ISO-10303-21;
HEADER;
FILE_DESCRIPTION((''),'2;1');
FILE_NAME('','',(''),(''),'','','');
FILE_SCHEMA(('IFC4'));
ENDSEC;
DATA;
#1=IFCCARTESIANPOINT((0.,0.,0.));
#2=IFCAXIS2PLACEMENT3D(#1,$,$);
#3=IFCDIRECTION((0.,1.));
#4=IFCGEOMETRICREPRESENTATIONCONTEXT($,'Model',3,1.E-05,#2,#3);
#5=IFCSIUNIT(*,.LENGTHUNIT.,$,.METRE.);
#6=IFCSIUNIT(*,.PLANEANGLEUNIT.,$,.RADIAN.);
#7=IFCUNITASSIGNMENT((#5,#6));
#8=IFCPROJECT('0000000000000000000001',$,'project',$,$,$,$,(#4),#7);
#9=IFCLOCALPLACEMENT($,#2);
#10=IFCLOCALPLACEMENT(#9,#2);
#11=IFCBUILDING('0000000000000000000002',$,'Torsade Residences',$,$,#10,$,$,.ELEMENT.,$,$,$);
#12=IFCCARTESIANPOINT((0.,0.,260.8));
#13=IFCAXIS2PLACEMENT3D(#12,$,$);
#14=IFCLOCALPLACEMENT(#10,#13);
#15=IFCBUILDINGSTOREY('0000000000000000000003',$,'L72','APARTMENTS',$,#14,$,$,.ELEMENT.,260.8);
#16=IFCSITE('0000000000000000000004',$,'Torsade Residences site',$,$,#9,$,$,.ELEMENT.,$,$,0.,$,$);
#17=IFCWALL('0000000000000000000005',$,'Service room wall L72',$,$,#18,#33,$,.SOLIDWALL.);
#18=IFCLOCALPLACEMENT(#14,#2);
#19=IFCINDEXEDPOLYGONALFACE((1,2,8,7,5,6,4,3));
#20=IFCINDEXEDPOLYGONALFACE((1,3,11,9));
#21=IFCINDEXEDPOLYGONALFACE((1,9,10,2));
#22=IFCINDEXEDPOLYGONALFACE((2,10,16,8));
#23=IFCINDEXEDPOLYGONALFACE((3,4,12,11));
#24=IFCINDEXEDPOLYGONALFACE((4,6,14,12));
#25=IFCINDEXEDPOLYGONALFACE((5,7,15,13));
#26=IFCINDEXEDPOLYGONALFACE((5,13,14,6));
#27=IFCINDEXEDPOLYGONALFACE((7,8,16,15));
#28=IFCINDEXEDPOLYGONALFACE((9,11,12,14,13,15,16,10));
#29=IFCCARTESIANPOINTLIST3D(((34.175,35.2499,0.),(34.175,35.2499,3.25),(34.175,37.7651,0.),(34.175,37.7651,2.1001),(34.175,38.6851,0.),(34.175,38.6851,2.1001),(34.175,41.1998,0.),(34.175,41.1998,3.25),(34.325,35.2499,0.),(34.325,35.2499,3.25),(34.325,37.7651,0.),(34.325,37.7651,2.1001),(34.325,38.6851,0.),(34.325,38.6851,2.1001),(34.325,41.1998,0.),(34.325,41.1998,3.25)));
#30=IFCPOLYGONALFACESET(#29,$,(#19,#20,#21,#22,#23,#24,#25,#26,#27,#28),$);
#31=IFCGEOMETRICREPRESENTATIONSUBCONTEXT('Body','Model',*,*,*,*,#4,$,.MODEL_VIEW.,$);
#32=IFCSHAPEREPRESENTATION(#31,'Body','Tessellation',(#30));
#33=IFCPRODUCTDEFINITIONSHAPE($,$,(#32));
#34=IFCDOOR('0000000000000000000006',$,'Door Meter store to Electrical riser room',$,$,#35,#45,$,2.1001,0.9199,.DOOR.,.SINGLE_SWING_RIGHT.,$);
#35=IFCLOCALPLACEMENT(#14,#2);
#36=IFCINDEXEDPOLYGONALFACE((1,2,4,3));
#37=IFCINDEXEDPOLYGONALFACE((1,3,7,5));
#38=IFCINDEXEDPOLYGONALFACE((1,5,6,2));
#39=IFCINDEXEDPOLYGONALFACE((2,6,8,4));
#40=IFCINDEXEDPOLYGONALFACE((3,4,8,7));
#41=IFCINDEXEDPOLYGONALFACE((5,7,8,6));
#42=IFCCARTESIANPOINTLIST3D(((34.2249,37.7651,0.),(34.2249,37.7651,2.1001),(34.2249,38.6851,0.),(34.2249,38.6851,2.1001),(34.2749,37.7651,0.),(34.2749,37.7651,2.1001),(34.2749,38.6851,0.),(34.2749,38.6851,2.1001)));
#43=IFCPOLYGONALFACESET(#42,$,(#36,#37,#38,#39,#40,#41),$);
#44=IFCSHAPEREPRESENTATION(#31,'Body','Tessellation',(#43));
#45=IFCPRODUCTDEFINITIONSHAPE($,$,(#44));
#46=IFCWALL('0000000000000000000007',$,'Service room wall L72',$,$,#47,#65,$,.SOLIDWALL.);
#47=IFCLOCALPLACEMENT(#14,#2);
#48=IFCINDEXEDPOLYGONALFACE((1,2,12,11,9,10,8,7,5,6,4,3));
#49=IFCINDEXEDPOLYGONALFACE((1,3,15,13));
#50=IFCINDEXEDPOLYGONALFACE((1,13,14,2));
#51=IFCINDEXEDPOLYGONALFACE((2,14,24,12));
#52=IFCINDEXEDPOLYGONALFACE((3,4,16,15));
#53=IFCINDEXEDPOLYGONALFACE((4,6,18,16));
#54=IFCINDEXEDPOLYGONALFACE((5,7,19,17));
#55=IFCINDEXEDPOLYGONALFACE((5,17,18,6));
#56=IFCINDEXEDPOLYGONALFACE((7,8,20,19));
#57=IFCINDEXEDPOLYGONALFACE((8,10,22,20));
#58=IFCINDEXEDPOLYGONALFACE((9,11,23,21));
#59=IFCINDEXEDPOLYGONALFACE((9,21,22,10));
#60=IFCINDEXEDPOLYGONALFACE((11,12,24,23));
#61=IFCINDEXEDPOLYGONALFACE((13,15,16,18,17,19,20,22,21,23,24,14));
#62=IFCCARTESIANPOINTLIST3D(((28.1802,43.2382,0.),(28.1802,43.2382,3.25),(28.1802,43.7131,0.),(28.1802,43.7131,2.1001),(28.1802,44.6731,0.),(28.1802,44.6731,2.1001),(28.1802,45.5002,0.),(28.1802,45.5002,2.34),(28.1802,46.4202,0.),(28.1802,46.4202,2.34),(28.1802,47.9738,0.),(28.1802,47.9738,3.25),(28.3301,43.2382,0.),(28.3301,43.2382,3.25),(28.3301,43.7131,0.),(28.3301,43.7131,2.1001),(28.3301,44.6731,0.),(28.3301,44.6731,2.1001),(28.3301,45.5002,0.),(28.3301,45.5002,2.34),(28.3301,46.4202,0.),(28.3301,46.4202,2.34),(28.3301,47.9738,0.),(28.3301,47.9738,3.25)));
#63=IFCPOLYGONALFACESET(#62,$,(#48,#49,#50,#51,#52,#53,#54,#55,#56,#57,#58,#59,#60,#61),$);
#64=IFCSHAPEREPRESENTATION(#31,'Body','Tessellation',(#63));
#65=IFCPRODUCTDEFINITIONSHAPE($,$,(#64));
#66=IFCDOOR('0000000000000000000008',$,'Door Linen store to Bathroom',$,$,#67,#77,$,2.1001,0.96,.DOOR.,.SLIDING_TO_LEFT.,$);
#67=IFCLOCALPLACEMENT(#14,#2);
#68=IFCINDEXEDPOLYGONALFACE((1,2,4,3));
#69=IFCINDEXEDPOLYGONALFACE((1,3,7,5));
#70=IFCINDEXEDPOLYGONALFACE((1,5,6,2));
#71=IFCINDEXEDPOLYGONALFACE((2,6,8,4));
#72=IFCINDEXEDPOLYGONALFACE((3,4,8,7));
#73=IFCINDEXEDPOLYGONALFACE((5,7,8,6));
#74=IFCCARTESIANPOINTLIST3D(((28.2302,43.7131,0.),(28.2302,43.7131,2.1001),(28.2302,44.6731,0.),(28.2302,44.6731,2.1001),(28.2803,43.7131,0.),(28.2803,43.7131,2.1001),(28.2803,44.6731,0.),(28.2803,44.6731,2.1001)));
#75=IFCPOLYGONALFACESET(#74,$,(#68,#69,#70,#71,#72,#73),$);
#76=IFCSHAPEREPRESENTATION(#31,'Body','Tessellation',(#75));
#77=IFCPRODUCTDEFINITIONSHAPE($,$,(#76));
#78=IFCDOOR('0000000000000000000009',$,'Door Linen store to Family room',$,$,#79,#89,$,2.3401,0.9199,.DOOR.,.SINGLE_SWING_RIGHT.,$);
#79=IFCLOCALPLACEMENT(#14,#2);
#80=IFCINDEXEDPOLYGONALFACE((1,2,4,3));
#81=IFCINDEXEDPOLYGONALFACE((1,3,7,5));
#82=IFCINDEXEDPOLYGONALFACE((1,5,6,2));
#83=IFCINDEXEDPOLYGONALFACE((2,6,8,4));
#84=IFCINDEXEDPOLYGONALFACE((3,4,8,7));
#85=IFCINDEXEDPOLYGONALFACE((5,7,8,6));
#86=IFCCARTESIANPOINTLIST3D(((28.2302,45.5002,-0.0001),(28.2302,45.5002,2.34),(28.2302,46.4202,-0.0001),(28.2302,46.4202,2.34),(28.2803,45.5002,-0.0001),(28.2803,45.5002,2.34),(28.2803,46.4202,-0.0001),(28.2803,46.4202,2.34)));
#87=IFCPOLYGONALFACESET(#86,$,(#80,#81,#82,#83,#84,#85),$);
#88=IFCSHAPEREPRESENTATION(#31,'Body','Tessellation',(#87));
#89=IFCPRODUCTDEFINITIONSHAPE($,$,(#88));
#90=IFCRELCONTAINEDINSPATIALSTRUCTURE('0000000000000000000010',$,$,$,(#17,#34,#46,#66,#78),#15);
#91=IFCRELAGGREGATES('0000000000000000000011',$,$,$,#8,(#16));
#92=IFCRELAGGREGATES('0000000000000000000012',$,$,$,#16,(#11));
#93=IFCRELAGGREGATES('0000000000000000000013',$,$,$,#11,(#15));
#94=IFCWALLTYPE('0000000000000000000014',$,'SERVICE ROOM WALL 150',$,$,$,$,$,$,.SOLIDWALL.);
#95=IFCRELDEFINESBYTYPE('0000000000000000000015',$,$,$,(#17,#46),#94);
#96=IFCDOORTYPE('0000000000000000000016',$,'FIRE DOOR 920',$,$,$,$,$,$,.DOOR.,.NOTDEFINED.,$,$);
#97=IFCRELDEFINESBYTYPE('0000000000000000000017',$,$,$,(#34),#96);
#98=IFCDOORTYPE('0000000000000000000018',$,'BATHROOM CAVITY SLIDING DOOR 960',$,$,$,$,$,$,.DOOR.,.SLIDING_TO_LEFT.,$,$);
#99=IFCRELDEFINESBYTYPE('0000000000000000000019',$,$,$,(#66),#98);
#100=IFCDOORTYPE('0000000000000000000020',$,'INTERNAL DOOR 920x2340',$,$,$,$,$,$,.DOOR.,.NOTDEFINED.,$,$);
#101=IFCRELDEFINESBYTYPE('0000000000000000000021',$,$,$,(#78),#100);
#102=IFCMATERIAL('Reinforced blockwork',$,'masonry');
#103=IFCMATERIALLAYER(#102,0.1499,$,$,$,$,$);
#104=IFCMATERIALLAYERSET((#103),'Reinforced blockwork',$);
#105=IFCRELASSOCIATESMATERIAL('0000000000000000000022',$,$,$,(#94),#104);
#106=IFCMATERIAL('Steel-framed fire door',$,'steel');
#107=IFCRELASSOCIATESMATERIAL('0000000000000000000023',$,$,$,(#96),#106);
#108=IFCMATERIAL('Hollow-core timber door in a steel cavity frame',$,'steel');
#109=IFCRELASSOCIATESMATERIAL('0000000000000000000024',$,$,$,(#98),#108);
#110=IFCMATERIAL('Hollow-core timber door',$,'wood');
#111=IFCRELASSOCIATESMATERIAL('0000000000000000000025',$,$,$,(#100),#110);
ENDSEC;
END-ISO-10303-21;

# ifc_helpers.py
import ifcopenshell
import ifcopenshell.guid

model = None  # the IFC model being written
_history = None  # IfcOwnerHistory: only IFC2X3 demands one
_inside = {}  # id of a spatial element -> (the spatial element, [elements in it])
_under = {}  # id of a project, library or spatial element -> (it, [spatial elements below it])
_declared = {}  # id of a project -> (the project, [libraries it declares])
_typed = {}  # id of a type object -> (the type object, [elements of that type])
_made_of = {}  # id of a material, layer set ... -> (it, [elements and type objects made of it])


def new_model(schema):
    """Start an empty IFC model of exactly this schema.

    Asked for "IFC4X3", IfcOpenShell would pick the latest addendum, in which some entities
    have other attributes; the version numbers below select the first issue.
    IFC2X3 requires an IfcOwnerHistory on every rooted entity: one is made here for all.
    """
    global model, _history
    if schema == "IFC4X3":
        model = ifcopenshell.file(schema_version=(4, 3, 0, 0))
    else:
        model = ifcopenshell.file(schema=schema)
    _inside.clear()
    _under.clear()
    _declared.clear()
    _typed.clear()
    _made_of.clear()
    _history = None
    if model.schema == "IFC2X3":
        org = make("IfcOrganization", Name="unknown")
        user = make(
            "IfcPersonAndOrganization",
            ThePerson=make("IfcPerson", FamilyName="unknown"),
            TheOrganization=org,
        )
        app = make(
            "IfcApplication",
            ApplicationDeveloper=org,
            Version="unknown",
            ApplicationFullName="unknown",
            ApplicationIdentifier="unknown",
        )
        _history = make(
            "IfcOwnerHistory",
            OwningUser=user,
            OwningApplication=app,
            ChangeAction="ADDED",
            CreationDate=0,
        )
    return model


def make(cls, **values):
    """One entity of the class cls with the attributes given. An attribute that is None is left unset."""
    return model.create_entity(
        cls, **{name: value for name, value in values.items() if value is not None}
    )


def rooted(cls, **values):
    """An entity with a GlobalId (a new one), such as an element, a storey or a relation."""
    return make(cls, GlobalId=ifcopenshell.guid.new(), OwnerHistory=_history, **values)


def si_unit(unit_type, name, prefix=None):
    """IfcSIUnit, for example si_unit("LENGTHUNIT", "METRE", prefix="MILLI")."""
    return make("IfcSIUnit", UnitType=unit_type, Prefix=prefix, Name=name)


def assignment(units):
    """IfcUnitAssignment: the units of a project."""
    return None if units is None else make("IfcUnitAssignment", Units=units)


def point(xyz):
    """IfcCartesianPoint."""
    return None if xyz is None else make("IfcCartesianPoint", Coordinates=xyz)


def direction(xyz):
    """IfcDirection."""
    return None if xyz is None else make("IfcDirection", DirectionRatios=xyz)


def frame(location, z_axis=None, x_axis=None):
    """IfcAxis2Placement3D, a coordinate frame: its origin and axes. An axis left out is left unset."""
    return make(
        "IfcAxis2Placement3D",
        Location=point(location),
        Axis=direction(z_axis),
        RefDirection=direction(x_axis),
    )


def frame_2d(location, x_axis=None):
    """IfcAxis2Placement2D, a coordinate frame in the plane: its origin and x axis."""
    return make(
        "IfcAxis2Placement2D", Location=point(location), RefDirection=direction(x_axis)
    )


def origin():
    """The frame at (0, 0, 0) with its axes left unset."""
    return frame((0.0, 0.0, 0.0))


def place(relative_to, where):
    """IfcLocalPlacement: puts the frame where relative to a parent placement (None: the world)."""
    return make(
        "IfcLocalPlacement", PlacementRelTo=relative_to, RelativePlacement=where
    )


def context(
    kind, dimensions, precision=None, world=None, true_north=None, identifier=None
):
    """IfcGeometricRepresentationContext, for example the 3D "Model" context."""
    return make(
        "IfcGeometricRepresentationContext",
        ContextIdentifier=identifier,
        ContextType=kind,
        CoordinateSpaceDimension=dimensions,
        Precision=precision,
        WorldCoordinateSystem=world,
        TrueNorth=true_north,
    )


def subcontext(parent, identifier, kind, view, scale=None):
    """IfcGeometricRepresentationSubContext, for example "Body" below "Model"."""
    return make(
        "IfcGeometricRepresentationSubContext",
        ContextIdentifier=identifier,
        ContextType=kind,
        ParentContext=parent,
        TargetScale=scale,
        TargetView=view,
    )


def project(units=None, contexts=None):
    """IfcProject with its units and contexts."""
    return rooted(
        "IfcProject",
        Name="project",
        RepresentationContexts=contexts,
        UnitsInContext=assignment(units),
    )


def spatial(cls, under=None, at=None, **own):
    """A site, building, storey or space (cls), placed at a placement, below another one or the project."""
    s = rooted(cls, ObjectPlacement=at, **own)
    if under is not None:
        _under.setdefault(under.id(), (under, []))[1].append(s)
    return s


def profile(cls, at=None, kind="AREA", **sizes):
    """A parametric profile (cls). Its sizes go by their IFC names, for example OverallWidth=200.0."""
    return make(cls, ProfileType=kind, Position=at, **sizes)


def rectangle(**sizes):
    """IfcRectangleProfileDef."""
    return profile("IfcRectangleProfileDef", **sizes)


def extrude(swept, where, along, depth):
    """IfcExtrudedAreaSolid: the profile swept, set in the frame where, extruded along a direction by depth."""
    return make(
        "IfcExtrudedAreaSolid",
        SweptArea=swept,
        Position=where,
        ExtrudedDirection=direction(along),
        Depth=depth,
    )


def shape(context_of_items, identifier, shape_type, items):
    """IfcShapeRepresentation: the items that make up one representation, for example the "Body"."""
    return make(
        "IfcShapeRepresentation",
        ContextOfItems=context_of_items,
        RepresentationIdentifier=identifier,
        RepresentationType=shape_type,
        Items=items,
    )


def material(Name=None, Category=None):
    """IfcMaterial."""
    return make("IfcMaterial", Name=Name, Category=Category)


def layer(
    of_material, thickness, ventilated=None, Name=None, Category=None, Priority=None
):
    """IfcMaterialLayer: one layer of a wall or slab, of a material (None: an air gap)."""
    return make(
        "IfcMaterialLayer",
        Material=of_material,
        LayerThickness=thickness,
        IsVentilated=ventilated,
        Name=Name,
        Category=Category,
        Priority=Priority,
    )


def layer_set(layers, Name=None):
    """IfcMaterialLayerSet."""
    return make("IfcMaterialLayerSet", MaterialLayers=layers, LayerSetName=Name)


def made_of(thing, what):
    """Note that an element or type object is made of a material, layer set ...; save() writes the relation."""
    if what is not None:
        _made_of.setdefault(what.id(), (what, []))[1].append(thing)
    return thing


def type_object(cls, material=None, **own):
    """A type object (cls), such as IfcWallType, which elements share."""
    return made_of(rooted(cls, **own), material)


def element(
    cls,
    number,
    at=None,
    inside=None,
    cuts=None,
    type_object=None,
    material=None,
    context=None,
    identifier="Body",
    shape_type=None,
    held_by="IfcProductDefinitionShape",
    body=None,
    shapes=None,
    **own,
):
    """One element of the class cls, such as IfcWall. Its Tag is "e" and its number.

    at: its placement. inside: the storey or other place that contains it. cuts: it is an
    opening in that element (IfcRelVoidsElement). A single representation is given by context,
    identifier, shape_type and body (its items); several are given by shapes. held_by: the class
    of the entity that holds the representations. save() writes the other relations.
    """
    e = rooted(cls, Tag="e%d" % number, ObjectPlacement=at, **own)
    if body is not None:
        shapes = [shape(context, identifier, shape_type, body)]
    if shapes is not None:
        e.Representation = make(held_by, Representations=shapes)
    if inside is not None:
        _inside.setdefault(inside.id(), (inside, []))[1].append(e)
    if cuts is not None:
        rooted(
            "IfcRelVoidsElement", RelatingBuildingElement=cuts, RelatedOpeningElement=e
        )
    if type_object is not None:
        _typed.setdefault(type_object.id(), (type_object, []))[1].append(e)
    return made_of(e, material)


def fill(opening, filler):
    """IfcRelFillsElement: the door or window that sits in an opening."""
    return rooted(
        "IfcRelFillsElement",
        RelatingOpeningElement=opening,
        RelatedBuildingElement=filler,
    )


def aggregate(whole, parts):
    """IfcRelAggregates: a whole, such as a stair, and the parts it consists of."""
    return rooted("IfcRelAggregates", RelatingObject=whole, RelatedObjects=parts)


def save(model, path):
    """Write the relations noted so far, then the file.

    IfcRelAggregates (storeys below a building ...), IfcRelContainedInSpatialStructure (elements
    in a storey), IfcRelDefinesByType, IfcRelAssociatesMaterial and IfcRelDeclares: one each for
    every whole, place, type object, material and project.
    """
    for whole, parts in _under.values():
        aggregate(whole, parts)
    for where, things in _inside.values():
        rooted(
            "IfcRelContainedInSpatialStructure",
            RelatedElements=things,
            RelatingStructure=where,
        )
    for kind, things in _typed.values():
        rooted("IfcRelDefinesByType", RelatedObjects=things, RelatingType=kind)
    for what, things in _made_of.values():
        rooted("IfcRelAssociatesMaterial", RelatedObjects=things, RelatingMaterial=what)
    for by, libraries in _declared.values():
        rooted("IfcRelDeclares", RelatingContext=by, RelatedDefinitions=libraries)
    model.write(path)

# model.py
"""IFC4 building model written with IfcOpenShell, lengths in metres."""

from ifc_helpers import new_model, si_unit, direction, frame, frame_2d, origin, place, context, subcontext, project, spatial, rectangle, extrude, material, layer, layer_set, type_object, element, fill, save


model = new_model("IFC4")

# Units and contexts
model_context = context("Model", 3, precision=1e-05, world=origin(), true_north=direction((0.0, 1.0)))
body_context = subcontext(model_context, "Body", "Model", "MODEL_VIEW")
ifc_project = project(units=[si_unit("LENGTHUNIT", "METRE"), si_unit("PLANEANGLEUNIT", "RADIAN")], contexts=[model_context])

# Site, building, storey
site_placement = place(None, origin())
site = spatial("IfcSite", under=ifc_project, at=site_placement, Name="Torsade Residences site", CompositionType="ELEMENT", RefElevation=0.0)
building_placement = place(site_placement, origin())
building = spatial("IfcBuilding", under=site, at=building_placement, Name="Torsade Residences", CompositionType="ELEMENT")
storey_placement = place(building_placement, frame((0.0, 0.0, 260.8)))
storey = spatial("IfcBuildingStorey", under=building, at=storey_placement, Name="L72", Description="APARTMENTS", CompositionType="ELEMENT", Elevation=260.8)

# Wall, opening, door
ifc_material_1 = material(Name="Reinforced blockwork", Category="masonry")
ifc_layer_1 = layer(ifc_material_1, 0.1499)
ifc_layer_set_1 = layer_set([ifc_layer_1], Name="Reinforced blockwork")
wall_type_1 = type_object("IfcWallType", Name="SERVICE ROOM WALL 150", PredefinedType="SOLIDWALL", material=ifc_layer_set_1)
wall_1_placement = place(storey_placement, frame((34.25, 41.2, 0.0), z_axis=(0.0, 0.0, 1.0), x_axis=(0.0, -1.0, 0.0)))
wall_1 = element("IfcWall", 1, at=wall_1_placement, inside=storey, type_object=wall_type_1, Name="Service room wall L72", PredefinedType="SOLIDWALL", context=body_context, shape_type="SweptSolid", body=[
    extrude(rectangle(XDim=5.95, YDim=0.1499, at=frame_2d((2.9751, 0.0))), origin(), (0.0, 0.0, 1.0), 3.25),
])
opening_1_placement = place(wall_1_placement, frame((2.5149, 0.0, 0.0)))
opening_1 = element("IfcOpeningElement", 2, at=opening_1_placement, cuts=wall_1, PredefinedType="OPENING", context=body_context, shape_type="SweptSolid", body=[
    extrude(rectangle(XDim=0.9199, YDim=2.1001, at=frame_2d((0.46, 1.05))), frame((0.0, 0.085, 0.0), z_axis=(0.0, -1.0, 0.0), x_axis=(1.0, 0.0, 0.0)), (0.0, 0.0, 1.0), 0.1699),
])
ifc_material_2 = material(Name="Steel-framed fire door", Category="steel")
door_type_1 = type_object("IfcDoorType", Name="FIRE DOOR 920", OperationType="NOTDEFINED", PredefinedType="DOOR", material=ifc_material_2)
door_1_placement = place(opening_1_placement, origin())
door_1 = element("IfcDoor", 3, at=door_1_placement, inside=storey, type_object=door_type_1, Name="Door Meter store to Electrical riser room", OperationType="SINGLE_SWING_RIGHT", OverallHeight=2.1001, OverallWidth=0.9199, PredefinedType="DOOR", context=body_context, shape_type="SweptSolid", body=[
    extrude(rectangle(XDim=0.9199, YDim=2.1001, at=frame_2d((0.46, 1.05))), frame((0.0, 0.0249, 0.0), z_axis=(0.0, -1.0, 0.0), x_axis=(1.0, 0.0, 0.0)), (0.0, 0.0, 1.0), 0.05),
])
fill(opening_1, door_1)

# Wall, openings, doors
wall_2_placement = place(storey_placement, frame((28.2551, 43.2383, 0.0), z_axis=(0.0, 0.0, 1.0), x_axis=(0.0, 1.0, 0.0)))
wall_2 = element("IfcWall", 4, at=wall_2_placement, inside=storey, type_object=wall_type_1, Name="Service room wall L72", PredefinedType="SOLIDWALL", context=body_context, shape_type="SweptSolid", body=[
    extrude(rectangle(XDim=4.7356, YDim=0.1499, at=frame_2d((2.3677, 0.0))), origin(), (0.0, 0.0, 1.0), 3.25),
])
opening_2_placement = place(wall_2_placement, frame((2.262, 0.0, 0.0)))
opening_2 = element("IfcOpeningElement", 5, at=opening_2_placement, cuts=wall_2, PredefinedType="OPENING", context=body_context, shape_type="SweptSolid", body=[
    extrude(rectangle(XDim=0.9199, YDim=2.3401, at=frame_2d((0.46, 1.1699))), frame((0.0, 0.085, 0.0), z_axis=(0.0, -1.0, 0.0), x_axis=(1.0, 0.0, 0.0)), (0.0, 0.0, 1.0), 0.1699),
])
opening_3_placement = place(wall_2_placement, frame((0.4749, 0.0, 0.0)))
opening_3 = element("IfcOpeningElement", 6, at=opening_3_placement, cuts=wall_2, PredefinedType="OPENING", context=body_context, shape_type="SweptSolid", body=[
    extrude(rectangle(XDim=0.96, YDim=2.1001, at=frame_2d((0.48, 1.05))), frame((0.0, 0.085, 0.0), z_axis=(0.0, -1.0, 0.0), x_axis=(1.0, 0.0, 0.0)), (0.0, 0.0, 1.0), 0.1699),
])
ifc_material_3 = material(Name="Hollow-core timber door in a steel cavity frame", Category="steel")
door_type_2 = type_object("IfcDoorType", Name="BATHROOM CAVITY SLIDING DOOR 960", OperationType="SLIDING_TO_LEFT", PredefinedType="DOOR", material=ifc_material_3)
door_2_placement = place(opening_3_placement, origin())
door_2 = element("IfcDoor", 7, at=door_2_placement, inside=storey, type_object=door_type_2, Name="Door Linen store to Bathroom", OperationType="SLIDING_TO_LEFT", OverallHeight=2.1001, OverallWidth=0.96, PredefinedType="DOOR", context=body_context, shape_type="SweptSolid", body=[
    extrude(rectangle(XDim=0.96, YDim=2.1001, at=frame_2d((0.48, 1.05))), frame((0.0, 0.0249, 0.0), z_axis=(0.0, -1.0, 0.0), x_axis=(1.0, 0.0, 0.0)), (0.0, 0.0, 1.0), 0.05),
])
fill(opening_3, door_2)
ifc_material_4 = material(Name="Hollow-core timber door", Category="wood")
door_type_3 = type_object("IfcDoorType", Name="INTERNAL DOOR 920x2340", OperationType="NOTDEFINED", PredefinedType="DOOR", material=ifc_material_4)
door_3_placement = place(opening_2_placement, origin())
door_3 = element("IfcDoor", 8, at=door_3_placement, inside=storey, type_object=door_type_3, Name="Door Linen store to Family room", OperationType="SINGLE_SWING_RIGHT", OverallHeight=2.3401, OverallWidth=0.9199, PredefinedType="DOOR", context=body_context, shape_type="SweptSolid", body=[
    extrude(rectangle(XDim=0.9199, YDim=2.3401, at=frame_2d((0.46, 1.1699))), frame((0.0, 0.0249, 0.0), z_axis=(0.0, -1.0, 0.0), x_axis=(1.0, 0.0, 0.0)), (0.0, 0.0, 1.0), 0.05),
])
fill(opening_2, door_3)

save(model, "model.ifc")
